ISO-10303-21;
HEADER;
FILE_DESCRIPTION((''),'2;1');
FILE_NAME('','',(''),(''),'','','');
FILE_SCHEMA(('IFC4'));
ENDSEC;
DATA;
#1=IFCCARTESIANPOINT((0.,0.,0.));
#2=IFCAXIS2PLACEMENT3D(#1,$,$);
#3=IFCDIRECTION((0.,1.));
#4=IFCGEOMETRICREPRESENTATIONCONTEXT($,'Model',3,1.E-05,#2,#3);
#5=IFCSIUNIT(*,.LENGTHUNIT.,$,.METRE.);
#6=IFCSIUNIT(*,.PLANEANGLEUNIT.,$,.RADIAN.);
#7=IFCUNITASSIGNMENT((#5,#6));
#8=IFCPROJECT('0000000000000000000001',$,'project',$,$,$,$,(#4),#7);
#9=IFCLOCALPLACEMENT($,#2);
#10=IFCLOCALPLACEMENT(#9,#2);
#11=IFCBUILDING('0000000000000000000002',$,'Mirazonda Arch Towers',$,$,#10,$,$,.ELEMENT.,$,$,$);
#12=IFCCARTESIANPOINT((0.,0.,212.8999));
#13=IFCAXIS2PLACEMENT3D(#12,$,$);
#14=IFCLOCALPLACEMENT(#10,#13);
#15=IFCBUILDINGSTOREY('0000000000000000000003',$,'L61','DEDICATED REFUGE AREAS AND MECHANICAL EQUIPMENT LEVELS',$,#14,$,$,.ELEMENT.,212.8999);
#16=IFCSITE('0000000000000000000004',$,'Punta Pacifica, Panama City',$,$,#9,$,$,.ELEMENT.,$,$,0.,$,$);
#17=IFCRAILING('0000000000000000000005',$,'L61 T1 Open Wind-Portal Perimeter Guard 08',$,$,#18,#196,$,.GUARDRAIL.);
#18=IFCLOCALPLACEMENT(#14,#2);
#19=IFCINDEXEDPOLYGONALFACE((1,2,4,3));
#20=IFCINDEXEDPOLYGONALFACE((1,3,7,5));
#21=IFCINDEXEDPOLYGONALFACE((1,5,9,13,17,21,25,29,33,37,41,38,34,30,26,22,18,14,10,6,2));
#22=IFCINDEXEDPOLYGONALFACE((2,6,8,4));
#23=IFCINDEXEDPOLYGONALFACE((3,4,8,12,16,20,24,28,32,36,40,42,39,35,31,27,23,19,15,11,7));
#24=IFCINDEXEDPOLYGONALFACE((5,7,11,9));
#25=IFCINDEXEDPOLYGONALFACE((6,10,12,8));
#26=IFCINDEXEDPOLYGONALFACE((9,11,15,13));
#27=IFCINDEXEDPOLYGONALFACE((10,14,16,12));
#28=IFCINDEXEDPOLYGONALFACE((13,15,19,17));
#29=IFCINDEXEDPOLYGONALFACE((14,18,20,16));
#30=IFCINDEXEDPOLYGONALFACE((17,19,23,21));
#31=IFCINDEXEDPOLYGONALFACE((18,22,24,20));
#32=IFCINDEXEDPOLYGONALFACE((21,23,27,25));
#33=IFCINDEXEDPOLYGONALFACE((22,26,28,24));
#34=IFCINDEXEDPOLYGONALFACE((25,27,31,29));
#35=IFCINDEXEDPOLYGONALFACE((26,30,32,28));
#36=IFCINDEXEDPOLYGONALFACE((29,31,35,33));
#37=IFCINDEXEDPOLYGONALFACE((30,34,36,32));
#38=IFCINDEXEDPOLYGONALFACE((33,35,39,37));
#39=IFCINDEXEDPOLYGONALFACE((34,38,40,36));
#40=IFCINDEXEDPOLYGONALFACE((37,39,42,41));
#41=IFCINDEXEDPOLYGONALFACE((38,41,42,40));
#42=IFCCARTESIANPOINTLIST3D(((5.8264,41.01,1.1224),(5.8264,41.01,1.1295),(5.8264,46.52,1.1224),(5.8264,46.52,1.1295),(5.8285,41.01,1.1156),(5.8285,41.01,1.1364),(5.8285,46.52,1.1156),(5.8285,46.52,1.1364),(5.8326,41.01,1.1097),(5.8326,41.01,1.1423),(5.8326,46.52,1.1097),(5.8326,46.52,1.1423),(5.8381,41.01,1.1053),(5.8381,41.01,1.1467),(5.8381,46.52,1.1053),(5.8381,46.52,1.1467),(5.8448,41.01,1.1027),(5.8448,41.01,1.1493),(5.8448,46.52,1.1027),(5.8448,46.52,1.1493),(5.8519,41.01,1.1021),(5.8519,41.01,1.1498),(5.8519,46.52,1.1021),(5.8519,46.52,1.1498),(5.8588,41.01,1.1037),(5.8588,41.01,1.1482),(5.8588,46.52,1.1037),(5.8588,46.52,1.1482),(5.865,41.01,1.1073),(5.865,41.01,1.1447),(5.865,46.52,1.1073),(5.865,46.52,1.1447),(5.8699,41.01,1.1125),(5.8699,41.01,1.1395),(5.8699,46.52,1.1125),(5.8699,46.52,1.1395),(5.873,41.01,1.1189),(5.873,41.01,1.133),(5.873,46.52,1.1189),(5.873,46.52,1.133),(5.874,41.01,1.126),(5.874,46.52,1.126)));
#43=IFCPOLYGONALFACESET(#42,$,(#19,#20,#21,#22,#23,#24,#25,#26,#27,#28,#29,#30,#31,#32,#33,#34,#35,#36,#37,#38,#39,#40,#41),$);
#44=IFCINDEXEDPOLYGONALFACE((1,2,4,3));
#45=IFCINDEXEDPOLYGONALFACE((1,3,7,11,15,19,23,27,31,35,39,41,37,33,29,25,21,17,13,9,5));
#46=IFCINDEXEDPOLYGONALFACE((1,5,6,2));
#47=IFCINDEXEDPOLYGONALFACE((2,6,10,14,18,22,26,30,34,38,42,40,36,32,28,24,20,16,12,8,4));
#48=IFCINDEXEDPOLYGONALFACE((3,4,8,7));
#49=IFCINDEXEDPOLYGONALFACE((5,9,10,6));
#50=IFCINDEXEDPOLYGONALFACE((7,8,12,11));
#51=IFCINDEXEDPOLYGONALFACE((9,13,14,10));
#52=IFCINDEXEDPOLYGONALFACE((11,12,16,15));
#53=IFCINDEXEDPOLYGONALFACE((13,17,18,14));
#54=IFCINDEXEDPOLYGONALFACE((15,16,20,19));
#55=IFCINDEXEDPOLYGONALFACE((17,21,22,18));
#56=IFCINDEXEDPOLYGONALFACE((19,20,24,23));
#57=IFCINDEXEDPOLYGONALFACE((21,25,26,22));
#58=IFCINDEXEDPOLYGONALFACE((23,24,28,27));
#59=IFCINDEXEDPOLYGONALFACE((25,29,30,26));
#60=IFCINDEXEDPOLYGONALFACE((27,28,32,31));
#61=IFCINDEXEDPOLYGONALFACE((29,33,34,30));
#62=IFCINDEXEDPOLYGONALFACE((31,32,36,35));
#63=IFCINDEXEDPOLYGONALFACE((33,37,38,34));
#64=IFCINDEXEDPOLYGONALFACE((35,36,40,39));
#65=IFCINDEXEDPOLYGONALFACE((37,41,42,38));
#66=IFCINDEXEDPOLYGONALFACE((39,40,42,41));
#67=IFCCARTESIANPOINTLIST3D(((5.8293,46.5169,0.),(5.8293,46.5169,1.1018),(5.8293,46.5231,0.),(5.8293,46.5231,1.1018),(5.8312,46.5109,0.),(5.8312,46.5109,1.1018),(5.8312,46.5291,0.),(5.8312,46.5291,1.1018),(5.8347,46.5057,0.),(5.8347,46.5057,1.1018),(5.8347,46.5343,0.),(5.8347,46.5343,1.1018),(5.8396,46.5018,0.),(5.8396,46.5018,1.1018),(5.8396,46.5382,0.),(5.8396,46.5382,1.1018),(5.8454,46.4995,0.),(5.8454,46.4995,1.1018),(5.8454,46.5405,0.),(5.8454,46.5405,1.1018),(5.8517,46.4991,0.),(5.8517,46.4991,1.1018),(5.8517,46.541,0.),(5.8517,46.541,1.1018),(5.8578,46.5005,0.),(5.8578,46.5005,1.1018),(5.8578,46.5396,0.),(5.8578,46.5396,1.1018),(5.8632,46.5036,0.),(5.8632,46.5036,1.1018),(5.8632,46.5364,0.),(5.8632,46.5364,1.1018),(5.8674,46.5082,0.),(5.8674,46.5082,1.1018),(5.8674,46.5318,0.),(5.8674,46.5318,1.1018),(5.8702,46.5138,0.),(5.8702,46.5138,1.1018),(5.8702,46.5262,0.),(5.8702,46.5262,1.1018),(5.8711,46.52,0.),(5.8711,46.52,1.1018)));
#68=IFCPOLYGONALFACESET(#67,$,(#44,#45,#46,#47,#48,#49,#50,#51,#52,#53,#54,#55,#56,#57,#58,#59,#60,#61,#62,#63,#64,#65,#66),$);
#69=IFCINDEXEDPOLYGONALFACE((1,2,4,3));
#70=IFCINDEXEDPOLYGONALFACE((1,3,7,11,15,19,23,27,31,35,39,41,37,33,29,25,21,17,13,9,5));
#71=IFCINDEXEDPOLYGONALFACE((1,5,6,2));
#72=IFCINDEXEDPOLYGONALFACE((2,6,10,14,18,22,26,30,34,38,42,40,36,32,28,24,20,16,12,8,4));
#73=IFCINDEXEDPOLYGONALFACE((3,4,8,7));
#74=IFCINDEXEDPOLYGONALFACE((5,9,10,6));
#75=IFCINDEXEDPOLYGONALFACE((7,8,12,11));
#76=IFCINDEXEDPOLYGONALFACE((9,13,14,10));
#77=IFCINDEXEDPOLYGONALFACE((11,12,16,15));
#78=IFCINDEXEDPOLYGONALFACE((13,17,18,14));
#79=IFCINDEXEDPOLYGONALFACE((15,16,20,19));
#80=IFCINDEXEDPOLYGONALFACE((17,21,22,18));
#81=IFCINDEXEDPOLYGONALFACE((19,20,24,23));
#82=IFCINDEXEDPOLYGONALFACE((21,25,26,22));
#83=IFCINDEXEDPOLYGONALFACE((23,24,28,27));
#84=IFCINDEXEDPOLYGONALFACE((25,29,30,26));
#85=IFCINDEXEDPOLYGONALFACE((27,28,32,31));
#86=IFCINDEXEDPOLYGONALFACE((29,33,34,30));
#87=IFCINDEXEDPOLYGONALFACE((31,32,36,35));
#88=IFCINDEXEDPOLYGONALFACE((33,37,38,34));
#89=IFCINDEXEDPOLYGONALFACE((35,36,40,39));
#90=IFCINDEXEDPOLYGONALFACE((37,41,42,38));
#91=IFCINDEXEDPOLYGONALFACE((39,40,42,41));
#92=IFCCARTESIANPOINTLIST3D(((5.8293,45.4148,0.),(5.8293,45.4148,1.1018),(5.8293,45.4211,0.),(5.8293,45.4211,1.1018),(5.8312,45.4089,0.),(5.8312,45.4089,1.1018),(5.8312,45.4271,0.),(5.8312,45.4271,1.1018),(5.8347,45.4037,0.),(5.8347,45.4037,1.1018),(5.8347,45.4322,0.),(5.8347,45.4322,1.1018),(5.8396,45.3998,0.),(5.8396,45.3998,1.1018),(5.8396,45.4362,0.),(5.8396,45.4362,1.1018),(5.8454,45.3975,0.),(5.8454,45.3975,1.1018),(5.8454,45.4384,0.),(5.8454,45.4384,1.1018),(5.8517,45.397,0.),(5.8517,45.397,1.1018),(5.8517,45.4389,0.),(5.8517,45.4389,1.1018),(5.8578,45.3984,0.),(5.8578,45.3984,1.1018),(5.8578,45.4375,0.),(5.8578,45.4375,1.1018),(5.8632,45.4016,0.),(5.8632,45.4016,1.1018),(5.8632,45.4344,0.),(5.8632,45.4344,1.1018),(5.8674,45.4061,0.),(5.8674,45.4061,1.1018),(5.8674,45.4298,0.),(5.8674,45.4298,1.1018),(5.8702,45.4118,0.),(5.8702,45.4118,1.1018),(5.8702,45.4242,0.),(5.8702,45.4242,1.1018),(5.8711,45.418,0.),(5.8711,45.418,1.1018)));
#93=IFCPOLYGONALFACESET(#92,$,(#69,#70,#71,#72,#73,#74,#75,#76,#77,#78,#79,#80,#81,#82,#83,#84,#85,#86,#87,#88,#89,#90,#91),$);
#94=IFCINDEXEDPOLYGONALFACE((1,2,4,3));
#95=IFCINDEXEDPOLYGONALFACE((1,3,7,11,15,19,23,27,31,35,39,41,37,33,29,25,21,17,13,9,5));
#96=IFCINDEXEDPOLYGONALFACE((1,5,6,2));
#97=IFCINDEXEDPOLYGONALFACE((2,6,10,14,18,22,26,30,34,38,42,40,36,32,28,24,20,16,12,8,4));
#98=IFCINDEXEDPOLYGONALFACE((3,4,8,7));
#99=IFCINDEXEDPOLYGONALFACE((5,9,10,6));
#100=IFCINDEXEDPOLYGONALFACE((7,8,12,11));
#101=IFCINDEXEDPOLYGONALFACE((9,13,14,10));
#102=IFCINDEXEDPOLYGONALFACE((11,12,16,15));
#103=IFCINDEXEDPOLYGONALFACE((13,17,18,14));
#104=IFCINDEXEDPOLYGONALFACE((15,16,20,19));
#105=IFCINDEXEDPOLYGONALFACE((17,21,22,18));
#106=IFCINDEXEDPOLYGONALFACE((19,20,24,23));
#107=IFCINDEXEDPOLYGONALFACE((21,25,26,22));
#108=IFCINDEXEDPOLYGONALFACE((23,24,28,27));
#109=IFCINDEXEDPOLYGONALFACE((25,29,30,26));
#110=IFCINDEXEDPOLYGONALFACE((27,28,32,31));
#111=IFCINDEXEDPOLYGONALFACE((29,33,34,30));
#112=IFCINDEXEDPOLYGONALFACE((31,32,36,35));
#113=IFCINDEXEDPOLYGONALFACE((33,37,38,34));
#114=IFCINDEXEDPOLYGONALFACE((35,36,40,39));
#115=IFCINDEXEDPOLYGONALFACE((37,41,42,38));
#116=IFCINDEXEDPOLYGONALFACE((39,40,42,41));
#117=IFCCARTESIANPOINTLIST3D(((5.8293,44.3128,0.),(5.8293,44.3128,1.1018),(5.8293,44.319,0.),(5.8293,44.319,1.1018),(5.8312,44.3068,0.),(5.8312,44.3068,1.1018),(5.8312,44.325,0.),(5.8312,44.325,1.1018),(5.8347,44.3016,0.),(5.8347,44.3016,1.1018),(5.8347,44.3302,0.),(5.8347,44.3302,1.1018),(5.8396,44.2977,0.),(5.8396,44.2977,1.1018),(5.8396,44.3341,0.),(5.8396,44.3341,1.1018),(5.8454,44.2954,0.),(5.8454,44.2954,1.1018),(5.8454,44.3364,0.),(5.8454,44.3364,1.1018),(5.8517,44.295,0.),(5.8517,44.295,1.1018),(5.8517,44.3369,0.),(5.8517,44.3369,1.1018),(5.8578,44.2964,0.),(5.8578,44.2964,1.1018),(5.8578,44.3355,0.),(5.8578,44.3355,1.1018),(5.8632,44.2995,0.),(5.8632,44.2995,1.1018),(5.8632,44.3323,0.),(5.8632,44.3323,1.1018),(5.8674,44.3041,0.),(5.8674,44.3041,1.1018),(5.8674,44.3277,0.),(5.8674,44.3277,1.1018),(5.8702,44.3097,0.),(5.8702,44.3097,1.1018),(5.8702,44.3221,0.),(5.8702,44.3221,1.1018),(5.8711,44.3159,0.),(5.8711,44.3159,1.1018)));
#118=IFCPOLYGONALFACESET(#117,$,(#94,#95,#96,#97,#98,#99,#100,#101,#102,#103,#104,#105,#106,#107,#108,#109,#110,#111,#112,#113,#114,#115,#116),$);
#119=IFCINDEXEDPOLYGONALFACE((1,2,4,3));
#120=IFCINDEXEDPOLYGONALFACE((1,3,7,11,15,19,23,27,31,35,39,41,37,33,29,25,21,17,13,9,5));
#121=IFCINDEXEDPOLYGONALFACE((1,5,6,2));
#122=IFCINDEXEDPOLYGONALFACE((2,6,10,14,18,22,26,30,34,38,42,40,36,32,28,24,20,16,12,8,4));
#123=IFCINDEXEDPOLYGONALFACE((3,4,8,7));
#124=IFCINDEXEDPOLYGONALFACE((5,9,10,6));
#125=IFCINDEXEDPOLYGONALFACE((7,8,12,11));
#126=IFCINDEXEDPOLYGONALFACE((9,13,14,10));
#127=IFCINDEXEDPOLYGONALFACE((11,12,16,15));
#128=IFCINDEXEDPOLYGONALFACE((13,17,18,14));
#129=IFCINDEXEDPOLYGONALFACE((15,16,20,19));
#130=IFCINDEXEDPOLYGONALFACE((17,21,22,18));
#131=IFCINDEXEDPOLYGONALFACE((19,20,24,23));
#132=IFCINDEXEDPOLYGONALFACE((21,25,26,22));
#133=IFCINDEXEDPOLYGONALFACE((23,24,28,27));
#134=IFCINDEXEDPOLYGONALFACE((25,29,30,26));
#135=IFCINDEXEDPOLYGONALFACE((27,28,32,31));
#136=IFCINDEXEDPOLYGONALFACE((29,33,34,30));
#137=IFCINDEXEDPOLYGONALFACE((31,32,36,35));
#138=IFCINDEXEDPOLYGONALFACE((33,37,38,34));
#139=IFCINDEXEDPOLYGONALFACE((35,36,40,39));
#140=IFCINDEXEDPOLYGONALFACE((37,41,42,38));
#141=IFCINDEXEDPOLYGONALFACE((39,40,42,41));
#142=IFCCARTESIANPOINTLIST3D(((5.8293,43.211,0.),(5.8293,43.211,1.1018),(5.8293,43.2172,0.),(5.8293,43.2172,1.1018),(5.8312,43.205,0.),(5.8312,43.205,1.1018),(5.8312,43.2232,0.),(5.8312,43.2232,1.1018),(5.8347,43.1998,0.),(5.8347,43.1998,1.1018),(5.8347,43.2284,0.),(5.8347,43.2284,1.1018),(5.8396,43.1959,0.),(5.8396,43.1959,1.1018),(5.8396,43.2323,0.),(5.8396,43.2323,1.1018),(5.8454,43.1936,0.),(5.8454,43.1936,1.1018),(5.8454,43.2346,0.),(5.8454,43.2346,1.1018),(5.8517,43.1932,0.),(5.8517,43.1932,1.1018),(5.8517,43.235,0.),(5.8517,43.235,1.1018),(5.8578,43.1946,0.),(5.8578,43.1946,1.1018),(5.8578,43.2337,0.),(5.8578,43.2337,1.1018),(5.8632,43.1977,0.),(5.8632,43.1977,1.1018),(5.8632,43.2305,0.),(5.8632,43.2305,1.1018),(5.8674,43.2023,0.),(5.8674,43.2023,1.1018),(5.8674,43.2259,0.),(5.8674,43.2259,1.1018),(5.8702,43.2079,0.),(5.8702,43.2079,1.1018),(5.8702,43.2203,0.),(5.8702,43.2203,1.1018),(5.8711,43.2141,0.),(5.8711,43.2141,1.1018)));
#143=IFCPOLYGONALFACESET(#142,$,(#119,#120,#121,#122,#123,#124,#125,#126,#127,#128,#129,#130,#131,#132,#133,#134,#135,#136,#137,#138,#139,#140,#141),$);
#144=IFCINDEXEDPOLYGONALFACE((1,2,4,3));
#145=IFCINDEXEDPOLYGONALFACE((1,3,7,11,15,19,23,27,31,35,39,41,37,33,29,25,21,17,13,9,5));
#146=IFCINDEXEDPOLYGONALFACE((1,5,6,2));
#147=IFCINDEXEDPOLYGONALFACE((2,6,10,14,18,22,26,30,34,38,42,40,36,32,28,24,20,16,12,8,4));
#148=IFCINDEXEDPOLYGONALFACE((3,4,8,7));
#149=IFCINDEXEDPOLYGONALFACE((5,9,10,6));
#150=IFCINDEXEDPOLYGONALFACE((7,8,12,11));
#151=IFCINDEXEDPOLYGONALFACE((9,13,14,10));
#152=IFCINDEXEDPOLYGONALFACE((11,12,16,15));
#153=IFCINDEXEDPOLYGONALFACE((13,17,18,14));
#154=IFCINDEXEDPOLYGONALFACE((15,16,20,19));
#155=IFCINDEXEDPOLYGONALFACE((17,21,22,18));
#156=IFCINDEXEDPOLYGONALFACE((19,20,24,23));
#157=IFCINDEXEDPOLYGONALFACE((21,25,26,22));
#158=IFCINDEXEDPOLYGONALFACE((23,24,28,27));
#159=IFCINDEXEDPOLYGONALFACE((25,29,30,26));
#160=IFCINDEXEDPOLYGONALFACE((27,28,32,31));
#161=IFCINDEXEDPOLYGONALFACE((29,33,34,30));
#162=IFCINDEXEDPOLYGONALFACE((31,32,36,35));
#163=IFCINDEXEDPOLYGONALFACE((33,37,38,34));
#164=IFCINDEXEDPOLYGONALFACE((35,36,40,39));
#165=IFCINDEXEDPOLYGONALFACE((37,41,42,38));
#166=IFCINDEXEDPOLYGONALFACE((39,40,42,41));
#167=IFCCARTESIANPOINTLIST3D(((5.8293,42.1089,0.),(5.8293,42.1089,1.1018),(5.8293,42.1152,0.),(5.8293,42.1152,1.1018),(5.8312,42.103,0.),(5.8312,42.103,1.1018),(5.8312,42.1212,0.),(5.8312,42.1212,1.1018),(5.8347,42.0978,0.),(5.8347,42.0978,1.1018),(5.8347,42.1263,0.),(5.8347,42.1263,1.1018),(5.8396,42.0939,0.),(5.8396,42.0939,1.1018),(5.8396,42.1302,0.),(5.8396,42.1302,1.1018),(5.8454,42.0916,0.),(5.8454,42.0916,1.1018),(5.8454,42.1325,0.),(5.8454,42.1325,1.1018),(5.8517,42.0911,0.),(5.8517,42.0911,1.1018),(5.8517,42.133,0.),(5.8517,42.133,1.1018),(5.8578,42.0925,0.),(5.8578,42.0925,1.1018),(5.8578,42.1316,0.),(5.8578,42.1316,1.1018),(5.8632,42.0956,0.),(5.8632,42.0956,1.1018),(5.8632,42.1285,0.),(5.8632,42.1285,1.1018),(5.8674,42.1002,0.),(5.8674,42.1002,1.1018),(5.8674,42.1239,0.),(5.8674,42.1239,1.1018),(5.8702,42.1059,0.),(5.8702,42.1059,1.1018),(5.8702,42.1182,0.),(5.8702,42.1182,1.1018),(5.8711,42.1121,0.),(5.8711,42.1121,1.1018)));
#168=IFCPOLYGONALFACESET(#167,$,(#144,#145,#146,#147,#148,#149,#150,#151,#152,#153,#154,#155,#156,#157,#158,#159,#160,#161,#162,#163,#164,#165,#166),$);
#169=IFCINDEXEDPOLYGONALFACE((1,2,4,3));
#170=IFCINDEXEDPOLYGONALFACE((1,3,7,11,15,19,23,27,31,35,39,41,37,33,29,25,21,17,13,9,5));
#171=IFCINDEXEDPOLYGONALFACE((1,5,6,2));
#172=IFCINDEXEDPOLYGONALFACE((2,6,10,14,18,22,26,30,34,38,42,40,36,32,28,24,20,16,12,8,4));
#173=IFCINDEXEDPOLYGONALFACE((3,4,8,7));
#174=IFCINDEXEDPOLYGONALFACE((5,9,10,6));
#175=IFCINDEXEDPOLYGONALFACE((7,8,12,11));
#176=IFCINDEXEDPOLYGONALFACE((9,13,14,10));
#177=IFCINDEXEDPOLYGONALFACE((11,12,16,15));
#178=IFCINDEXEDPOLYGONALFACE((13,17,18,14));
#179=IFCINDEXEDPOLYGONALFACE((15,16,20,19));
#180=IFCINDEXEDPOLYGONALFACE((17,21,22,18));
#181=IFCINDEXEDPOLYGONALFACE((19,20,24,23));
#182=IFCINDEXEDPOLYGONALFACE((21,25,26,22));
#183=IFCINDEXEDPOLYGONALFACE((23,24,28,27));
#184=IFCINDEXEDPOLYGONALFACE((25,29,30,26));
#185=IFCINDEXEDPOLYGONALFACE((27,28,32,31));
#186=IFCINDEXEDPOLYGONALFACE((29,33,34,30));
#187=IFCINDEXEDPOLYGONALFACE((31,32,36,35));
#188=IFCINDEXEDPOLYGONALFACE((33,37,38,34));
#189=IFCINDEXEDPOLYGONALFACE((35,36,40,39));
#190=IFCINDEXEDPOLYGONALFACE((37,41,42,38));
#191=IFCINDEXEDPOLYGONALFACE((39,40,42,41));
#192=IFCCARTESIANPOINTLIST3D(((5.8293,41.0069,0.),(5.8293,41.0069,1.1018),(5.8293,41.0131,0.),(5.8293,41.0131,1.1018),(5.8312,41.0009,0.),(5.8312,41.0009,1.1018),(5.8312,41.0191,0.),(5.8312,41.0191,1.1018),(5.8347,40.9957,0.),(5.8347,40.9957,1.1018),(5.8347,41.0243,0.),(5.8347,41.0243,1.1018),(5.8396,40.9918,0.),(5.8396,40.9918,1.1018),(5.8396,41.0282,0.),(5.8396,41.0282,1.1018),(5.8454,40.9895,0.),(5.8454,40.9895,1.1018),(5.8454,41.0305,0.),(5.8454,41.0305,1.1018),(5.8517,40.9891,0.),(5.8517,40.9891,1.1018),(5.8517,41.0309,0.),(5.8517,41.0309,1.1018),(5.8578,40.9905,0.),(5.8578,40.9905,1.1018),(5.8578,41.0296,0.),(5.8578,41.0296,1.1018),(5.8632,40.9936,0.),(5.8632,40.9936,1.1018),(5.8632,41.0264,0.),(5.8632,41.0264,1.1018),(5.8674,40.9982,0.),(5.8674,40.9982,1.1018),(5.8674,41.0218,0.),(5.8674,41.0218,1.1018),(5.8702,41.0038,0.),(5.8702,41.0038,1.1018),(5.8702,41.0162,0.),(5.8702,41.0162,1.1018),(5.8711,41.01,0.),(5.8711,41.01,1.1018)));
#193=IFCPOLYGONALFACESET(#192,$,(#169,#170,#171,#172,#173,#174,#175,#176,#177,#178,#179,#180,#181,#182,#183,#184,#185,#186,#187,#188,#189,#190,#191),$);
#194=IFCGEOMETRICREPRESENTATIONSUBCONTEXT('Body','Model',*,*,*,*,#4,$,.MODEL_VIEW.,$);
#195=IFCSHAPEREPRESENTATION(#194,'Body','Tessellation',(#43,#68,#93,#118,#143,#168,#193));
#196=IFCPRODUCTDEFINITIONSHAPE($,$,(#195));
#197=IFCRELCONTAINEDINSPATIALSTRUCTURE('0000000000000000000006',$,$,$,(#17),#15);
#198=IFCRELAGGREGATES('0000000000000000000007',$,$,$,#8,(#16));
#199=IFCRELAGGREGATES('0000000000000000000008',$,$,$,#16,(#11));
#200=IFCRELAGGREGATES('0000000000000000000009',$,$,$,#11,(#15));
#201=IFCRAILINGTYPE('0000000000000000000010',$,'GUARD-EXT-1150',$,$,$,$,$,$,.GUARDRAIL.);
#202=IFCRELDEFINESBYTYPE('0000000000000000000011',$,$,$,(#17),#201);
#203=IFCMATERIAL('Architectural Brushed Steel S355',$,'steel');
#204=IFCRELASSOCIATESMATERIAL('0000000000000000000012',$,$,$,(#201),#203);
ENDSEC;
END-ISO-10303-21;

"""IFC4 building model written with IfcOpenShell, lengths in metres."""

from ifc_helpers import new_model, si_unit, direction, frame, origin, origin_2d, place, context, subcontext, project, spatial, circle, extrude, material, type_object, element, save


model = new_model("IFC4")

# Units and contexts
model_context = context("Model", 3, precision=1e-05, world=origin(), true_north=direction((0.0, 1.0)))
body_context = subcontext(model_context, "Body", "Model", "MODEL_VIEW")
ifc_project = project(units=[si_unit("LENGTHUNIT", "METRE"), si_unit("PLANEANGLEUNIT", "RADIAN")], contexts=[model_context])

# Site, building, storey
site_placement = place(None, origin())
site = spatial("IfcSite", under=ifc_project, at=site_placement, Name="Punta Pacifica, Panama City", CompositionType="ELEMENT", RefElevation=0.0)
building_placement = place(site_placement, origin())
building = spatial("IfcBuilding", under=site, at=building_placement, Name="Mirazonda Arch Towers", CompositionType="ELEMENT")
storey_placement = place(building_placement, frame((0.0, 0.0, 212.8999)))
storey = spatial("IfcBuildingStorey", under=building, at=storey_placement, Name="L61", Description="DEDICATED REFUGE AREAS AND MECHANICAL EQUIPMENT LEVELS", CompositionType="ELEMENT", Elevation=212.8999)

# Shared definitions
ifc_material_1 = material(Name="Architectural Brushed Steel S355", Category="steel")

# Railing
railing_type = type_object("IfcRailingType", Name="GUARD-EXT-1150", PredefinedType="GUARDRAIL", material=ifc_material_1)
railing_1_placement = place(storey_placement, frame((5.8501, 46.52, 0.0)))
element("IfcRailing", 1, at=railing_1_placement, inside=storey, type_object=railing_type, Name="L61 T1 Open Wind-Portal Perimeter Guard 08", PredefinedType="GUARDRAIL", context=body_context, shape_type="SweptSolid", body=[
    extrude(circle(Radius=0.0239, at=origin_2d()), frame((0.0, 0.0, 1.126), z_axis=(0.0, -1.0, 0.0), x_axis=(1.0, 0.0, 0.0)), (0.0, 0.0, 1.0), 5.51),
    extrude(circle(Radius=0.021, at=origin_2d()), origin(), (0.0, 0.0, 1.0), 1.1018),
    extrude(circle(Radius=0.021, at=origin_2d()), frame((0.0, -1.1021, 0.0)), (0.0, 0.0, 1.0), 1.1018),
    extrude(circle(Radius=0.021, at=origin_2d()), frame((0.0, -2.2041, 0.0)), (0.0, 0.0, 1.0), 1.1018),
    extrude(circle(Radius=0.021, at=origin_2d()), frame((0.0, -3.3059, 0.0)), (0.0, 0.0, 1.0), 1.1018),
    extrude(circle(Radius=0.021, at=origin_2d()), frame((0.0, -4.408, 0.0)), (0.0, 0.0, 1.0), 1.1018),
    extrude(circle(Radius=0.021, at=origin_2d()), frame((0.0, -5.51, 0.0)), (0.0, 0.0, 1.0), 1.1018),
])

save(model, "model.ifc")
